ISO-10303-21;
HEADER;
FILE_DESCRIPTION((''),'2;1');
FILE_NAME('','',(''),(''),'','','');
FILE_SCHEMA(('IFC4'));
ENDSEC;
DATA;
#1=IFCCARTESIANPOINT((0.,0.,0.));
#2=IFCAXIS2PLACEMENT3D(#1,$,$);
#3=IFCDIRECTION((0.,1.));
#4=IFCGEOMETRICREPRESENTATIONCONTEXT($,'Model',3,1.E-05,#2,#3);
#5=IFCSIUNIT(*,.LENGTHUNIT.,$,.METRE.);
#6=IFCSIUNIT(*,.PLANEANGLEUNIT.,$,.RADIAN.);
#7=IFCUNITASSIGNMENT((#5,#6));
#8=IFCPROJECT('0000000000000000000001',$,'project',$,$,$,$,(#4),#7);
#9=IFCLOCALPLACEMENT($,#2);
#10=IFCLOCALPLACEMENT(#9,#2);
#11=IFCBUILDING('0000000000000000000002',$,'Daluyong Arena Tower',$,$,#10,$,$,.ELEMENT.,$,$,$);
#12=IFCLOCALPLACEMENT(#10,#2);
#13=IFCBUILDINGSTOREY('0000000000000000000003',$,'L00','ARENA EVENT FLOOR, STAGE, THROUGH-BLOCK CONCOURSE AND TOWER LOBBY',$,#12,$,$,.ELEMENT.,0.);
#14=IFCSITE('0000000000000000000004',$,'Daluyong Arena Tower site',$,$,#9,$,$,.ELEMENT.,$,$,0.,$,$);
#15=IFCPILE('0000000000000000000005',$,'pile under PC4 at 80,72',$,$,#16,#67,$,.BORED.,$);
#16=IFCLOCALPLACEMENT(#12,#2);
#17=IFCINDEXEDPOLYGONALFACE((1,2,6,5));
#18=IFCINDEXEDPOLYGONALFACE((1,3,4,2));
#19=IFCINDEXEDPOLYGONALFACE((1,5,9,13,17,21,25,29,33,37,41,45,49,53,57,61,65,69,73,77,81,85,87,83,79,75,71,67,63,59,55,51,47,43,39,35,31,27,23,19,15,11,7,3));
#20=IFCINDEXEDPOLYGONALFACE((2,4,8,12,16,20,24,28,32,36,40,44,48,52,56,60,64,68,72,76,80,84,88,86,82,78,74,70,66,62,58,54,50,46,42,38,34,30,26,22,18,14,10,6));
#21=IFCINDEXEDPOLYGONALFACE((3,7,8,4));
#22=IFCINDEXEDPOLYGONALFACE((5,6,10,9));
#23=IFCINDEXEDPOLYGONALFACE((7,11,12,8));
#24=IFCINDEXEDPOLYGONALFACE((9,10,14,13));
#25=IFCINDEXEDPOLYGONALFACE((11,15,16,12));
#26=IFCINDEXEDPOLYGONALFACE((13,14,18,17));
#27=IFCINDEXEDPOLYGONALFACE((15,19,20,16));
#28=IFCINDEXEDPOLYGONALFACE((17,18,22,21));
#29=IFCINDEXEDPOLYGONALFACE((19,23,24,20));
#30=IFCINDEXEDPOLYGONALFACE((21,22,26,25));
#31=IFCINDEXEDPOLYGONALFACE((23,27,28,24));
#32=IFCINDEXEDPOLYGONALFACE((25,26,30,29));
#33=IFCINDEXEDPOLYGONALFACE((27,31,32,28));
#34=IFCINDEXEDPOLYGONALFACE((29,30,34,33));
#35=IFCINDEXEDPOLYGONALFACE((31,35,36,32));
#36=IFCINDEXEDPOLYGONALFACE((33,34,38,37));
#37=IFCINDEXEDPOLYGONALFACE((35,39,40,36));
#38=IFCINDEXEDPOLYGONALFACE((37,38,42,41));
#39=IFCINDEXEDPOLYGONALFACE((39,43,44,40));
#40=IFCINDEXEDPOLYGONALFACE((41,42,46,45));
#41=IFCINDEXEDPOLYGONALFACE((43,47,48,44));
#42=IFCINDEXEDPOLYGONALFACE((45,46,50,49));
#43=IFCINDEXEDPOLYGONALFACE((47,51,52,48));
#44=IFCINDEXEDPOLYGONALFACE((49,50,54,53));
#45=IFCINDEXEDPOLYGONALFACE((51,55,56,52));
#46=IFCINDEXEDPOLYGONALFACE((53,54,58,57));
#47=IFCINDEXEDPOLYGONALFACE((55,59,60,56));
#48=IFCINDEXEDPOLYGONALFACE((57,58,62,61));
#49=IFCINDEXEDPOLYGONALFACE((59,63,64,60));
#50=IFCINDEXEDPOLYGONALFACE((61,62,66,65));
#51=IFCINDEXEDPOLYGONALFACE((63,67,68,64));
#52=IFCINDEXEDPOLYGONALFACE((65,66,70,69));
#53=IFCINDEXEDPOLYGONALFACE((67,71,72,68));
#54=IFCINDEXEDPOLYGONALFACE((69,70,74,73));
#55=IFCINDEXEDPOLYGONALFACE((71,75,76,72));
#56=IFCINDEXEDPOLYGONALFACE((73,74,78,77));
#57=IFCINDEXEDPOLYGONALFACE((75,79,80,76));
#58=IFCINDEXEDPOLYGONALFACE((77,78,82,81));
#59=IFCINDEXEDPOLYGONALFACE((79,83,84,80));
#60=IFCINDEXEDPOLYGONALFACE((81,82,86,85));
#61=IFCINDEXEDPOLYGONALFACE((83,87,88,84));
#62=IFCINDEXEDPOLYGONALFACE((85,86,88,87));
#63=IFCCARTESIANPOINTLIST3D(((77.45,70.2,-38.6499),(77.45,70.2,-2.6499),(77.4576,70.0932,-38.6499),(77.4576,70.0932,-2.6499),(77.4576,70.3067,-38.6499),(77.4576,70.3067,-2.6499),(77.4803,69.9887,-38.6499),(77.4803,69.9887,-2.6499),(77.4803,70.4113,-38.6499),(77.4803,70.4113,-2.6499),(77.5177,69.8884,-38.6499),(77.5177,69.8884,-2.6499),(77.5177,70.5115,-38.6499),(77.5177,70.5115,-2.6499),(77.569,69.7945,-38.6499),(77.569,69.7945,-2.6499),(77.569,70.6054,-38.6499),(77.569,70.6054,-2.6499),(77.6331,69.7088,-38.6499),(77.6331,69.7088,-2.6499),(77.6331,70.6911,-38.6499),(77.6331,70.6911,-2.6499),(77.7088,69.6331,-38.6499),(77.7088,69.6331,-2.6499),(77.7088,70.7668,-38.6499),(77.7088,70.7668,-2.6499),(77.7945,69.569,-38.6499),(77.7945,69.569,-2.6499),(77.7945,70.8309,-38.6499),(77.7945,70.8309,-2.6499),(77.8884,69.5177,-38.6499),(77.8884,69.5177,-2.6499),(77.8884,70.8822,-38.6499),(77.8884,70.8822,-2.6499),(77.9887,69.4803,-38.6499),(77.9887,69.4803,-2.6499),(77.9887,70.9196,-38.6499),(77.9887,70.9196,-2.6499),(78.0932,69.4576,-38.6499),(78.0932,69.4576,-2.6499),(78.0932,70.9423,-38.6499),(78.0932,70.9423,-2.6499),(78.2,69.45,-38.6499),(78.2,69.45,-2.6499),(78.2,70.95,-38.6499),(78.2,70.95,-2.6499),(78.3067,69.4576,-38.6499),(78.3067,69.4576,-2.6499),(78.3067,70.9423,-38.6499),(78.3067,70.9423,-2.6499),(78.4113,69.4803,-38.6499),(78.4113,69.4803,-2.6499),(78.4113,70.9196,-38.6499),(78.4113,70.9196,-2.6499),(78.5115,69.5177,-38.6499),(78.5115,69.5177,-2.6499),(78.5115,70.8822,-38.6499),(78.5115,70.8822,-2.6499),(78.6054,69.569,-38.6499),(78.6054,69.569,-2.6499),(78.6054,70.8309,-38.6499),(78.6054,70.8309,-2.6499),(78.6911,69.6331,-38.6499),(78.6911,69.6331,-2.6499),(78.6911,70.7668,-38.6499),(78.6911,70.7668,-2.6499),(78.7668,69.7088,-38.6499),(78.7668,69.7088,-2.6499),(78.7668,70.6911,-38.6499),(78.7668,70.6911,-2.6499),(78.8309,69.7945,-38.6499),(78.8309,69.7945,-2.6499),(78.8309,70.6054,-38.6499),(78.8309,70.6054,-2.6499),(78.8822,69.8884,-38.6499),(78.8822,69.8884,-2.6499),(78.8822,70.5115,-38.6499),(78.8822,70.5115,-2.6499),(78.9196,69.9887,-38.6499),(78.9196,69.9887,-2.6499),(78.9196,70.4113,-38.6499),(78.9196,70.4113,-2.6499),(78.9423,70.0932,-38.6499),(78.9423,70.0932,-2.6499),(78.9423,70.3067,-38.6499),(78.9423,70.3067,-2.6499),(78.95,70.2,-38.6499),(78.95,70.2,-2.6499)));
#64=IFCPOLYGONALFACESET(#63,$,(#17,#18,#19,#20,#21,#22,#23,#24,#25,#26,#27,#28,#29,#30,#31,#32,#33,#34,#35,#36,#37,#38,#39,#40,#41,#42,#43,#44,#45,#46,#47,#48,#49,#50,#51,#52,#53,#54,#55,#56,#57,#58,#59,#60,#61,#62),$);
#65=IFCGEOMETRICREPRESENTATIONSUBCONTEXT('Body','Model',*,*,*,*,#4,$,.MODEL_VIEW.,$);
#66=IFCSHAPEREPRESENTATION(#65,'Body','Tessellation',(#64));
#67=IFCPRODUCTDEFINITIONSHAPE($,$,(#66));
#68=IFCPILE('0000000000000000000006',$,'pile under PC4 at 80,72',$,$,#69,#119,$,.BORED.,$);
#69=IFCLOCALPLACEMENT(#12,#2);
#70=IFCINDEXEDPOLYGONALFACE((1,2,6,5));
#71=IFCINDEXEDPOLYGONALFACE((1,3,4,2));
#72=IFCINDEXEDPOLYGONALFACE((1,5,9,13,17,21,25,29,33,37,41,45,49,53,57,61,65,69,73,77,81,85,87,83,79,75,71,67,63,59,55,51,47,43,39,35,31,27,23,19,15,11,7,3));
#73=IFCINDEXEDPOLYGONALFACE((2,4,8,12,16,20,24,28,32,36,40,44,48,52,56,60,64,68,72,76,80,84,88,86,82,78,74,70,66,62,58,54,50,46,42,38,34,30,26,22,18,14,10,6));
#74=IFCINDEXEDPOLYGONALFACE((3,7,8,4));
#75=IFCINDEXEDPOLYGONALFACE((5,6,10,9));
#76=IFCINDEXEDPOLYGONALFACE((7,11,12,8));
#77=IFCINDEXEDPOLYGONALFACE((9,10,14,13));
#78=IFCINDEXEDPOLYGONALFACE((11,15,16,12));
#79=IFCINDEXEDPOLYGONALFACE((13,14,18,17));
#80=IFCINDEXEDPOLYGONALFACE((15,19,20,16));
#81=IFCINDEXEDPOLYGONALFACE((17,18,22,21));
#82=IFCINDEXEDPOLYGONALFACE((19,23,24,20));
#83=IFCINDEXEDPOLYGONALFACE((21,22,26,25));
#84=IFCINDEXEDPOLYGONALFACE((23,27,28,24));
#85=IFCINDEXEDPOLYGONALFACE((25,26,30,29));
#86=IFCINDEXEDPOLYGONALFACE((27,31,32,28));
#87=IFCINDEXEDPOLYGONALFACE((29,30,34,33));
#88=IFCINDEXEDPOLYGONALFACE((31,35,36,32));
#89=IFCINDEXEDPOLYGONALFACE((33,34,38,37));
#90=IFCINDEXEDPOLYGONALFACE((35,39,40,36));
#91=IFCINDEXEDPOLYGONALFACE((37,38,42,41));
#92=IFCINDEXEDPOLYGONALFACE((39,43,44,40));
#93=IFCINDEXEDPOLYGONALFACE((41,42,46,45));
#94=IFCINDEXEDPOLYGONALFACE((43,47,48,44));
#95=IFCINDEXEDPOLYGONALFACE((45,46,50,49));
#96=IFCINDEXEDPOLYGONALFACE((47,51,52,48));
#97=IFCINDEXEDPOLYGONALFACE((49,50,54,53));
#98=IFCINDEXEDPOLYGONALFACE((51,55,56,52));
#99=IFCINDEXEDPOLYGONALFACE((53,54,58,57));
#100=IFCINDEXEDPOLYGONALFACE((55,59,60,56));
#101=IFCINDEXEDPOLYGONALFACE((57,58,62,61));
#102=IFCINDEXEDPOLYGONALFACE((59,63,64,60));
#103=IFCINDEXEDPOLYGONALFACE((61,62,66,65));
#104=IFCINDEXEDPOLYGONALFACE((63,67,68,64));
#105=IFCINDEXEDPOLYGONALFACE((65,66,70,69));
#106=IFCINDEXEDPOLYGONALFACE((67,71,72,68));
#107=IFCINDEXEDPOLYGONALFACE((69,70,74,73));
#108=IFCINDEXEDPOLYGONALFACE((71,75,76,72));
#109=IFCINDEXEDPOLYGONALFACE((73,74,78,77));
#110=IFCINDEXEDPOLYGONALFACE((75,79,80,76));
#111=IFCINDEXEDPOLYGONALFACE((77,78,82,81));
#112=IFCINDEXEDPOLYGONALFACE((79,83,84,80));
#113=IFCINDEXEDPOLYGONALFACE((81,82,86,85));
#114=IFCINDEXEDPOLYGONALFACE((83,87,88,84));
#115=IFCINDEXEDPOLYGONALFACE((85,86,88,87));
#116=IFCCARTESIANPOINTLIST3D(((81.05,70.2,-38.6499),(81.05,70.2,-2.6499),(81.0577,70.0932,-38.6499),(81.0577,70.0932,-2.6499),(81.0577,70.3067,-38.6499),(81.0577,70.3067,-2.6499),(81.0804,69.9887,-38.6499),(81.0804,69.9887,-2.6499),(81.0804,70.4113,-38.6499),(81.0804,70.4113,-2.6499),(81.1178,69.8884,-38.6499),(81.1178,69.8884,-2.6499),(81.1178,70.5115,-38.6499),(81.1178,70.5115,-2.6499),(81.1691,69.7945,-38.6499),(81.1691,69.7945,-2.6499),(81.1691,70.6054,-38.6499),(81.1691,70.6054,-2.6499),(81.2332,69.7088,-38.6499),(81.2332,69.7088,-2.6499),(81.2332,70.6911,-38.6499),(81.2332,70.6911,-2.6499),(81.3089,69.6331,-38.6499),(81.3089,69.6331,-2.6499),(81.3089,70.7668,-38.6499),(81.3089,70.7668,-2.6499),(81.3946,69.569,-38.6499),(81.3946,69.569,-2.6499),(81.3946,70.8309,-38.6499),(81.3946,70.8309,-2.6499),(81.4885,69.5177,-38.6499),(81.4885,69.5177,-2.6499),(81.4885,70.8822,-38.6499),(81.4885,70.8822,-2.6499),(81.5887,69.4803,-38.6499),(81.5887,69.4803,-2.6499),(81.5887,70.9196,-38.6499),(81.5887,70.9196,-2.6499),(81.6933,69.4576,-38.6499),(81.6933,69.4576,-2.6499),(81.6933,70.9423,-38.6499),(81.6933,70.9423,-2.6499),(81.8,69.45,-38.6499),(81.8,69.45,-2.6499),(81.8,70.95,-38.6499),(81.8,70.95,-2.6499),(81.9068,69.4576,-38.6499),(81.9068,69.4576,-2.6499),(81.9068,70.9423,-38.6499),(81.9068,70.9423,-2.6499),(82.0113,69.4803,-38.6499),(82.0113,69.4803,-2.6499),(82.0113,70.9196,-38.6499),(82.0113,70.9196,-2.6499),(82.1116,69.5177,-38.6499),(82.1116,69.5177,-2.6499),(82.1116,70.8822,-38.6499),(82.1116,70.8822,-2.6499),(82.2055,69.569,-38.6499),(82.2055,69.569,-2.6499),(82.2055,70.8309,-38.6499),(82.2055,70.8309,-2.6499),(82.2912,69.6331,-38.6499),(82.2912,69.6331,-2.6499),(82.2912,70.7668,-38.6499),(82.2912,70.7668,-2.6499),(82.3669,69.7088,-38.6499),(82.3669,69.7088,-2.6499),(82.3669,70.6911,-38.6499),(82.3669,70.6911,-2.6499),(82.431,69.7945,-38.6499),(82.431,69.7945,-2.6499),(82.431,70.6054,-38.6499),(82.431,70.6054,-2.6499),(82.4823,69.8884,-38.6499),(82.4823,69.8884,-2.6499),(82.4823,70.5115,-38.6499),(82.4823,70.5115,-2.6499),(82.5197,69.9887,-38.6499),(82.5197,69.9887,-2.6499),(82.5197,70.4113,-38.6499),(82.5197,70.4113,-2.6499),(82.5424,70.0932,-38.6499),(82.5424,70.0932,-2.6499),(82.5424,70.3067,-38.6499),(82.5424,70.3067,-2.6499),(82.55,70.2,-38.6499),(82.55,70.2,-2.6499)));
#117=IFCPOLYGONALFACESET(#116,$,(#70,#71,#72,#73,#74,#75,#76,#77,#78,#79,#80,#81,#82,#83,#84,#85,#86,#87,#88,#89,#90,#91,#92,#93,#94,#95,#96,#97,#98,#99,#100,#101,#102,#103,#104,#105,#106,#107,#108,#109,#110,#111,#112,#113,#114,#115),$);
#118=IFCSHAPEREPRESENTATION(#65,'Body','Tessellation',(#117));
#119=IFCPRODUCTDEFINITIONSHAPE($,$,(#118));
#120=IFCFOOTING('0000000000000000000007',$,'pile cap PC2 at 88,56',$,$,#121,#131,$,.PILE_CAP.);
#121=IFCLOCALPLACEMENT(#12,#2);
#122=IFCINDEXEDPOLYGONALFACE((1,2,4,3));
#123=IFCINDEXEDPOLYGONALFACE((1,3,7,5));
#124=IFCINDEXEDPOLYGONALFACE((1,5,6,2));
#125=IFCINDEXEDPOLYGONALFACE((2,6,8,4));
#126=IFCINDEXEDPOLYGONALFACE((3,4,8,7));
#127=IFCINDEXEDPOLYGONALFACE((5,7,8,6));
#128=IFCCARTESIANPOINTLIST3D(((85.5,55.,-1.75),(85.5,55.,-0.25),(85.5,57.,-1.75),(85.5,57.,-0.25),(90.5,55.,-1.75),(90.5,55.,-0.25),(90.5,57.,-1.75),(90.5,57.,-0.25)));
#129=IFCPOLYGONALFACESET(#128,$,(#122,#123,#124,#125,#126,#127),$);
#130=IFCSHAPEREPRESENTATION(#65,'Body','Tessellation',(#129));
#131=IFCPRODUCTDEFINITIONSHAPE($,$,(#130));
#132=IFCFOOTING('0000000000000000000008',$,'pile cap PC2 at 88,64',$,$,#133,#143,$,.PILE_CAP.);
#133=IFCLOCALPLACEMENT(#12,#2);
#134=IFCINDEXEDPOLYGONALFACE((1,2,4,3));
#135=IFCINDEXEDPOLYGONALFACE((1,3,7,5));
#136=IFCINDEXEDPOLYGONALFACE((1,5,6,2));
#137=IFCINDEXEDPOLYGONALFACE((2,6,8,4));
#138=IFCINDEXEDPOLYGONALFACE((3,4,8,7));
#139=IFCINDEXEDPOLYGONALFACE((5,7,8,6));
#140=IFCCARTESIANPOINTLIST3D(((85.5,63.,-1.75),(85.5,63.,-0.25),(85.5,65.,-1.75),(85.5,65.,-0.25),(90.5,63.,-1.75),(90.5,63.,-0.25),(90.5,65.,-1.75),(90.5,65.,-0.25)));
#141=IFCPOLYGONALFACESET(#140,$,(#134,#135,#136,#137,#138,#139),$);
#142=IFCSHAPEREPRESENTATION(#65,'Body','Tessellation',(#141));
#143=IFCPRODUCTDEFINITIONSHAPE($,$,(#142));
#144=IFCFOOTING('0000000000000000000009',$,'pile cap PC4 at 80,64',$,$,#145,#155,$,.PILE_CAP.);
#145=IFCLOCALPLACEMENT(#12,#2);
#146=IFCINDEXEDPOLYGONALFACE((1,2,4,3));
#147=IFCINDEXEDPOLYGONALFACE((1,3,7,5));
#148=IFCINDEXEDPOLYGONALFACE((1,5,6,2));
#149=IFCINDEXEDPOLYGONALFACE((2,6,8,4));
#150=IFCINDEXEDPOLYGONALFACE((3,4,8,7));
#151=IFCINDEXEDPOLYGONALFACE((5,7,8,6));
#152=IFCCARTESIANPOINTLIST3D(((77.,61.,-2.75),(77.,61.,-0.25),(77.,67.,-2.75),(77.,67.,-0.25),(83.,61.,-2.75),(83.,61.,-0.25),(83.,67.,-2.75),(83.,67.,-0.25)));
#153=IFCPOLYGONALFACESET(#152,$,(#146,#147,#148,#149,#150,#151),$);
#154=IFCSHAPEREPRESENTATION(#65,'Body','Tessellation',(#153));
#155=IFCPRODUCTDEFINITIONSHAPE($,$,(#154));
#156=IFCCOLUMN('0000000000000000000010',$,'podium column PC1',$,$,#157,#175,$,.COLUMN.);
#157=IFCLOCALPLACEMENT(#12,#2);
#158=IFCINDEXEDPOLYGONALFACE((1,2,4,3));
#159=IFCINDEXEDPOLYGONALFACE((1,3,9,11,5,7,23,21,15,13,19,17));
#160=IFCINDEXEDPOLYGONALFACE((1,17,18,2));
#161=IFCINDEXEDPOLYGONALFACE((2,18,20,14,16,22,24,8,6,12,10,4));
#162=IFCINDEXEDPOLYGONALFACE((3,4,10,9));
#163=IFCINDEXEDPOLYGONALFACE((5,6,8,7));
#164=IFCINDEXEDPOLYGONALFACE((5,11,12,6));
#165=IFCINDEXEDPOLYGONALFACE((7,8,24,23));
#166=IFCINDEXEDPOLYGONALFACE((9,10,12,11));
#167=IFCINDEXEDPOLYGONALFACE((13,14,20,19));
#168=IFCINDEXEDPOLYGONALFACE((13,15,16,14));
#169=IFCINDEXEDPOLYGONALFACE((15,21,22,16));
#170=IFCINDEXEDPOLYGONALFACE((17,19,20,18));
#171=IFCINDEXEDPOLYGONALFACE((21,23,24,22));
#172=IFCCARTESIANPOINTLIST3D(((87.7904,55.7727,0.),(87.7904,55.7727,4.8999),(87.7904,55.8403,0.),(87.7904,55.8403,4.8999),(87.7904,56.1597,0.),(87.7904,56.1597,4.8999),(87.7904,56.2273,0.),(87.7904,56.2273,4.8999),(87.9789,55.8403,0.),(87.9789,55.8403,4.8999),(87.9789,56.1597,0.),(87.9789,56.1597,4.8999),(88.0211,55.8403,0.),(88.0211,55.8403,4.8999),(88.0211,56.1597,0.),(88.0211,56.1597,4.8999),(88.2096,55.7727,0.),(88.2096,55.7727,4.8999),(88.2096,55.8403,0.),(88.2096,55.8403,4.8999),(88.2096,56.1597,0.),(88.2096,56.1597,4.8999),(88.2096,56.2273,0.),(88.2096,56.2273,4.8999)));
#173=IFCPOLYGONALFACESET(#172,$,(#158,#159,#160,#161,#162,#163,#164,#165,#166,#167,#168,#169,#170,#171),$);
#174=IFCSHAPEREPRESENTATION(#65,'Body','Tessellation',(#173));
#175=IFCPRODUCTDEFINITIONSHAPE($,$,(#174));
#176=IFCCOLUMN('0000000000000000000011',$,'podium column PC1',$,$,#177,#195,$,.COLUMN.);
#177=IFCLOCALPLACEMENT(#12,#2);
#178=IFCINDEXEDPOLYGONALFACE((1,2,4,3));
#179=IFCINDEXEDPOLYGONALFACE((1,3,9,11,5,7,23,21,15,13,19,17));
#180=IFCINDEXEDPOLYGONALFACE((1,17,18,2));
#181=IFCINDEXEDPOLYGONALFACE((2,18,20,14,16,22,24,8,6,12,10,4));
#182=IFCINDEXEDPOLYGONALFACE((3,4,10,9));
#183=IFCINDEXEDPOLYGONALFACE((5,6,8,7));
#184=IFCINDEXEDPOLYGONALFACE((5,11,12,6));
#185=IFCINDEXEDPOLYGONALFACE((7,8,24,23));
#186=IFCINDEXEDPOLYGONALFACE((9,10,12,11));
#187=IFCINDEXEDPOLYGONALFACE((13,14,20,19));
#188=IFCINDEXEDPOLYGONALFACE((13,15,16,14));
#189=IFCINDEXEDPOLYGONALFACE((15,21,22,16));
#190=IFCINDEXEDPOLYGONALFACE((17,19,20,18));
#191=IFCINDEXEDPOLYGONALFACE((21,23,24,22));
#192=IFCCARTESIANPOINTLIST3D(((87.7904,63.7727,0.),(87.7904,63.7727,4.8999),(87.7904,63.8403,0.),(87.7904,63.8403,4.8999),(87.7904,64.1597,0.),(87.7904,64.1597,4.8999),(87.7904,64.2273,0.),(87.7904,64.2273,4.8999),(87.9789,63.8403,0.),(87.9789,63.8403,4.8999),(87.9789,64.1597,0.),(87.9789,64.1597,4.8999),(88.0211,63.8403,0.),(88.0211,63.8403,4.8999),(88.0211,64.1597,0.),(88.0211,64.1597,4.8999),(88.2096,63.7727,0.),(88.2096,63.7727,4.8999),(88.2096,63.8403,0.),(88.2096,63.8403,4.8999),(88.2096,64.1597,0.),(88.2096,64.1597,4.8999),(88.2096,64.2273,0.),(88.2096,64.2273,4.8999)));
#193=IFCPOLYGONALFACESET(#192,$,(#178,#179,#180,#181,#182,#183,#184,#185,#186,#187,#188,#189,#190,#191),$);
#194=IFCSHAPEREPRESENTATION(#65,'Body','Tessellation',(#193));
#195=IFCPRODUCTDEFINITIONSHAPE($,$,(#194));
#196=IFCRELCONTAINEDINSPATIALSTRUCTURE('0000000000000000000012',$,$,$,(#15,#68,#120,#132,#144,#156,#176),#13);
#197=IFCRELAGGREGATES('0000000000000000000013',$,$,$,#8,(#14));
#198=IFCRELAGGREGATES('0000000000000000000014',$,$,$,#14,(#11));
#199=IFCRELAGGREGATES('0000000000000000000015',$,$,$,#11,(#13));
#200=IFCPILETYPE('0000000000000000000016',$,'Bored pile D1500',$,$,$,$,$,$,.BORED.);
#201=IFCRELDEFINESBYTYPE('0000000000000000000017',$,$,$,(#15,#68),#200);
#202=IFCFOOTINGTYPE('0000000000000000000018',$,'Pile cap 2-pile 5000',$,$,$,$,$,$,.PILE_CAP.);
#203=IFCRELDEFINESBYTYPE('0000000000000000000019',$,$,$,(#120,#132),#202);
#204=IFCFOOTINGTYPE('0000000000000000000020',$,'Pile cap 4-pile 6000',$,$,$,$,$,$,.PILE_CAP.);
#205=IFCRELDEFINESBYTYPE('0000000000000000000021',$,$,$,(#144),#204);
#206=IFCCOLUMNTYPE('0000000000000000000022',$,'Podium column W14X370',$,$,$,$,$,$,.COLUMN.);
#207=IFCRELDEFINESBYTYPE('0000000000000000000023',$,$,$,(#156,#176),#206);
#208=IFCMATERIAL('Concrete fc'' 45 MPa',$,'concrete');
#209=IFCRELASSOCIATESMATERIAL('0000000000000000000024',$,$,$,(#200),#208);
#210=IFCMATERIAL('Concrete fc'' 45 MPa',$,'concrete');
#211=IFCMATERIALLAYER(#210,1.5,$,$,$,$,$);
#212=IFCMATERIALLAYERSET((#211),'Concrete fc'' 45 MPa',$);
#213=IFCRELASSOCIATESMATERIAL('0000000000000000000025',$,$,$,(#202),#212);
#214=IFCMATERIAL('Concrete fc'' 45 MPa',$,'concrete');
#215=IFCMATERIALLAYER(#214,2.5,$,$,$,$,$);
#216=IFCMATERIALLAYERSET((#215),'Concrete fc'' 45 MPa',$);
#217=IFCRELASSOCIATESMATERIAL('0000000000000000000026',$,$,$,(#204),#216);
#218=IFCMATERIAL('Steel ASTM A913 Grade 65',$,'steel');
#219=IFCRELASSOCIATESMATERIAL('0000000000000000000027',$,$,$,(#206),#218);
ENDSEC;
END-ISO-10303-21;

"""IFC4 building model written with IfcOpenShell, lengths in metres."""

from ifc_helpers import new_model, si_unit, direction, frame, origin, origin_2d, place, context, subcontext, project, spatial, rectangle, circle, i_section, extrude, material, layer, layer_set, material_profile, profile_set, type_object, element, save


model = new_model("IFC4")

# Units and contexts
model_context = context("Model", 3, precision=1e-05, world=origin(), true_north=direction((0.0, 1.0)))
body_context = subcontext(model_context, "Body", "Model", "MODEL_VIEW")
ifc_project = project(units=[si_unit("LENGTHUNIT", "METRE"), si_unit("PLANEANGLEUNIT", "RADIAN")], contexts=[model_context])

# Site, building, storey
site_placement = place(None, origin())
site = spatial("IfcSite", under=ifc_project, at=site_placement, Name="Daluyong Arena Tower site", CompositionType="ELEMENT", RefElevation=0.0)
building_placement = place(site_placement, origin())
building = spatial("IfcBuilding", under=site, at=building_placement, Name="Daluyong Arena Tower", CompositionType="ELEMENT")
storey_placement = place(building_placement, origin())
storey = spatial("IfcBuildingStorey", under=building, at=storey_placement, Name="L00", Description="ARENA EVENT FLOOR, STAGE, THROUGH-BLOCK CONCOURSE AND TOWER LOBBY", CompositionType="ELEMENT", Elevation=0.0)

# Piles
ifc_material_1 = material(Name="Concrete fc' 45 MPa", Category="concrete")
pile_type_1 = type_object("IfcPileType", Name="Bored pile D1500", PredefinedType="BORED", material=ifc_material_1)
for number, where, z_axis, x_axis, name in (
    (1, (78.2, 70.2, -2.6499), (0.0, 0.0, -1.0), (1.0, 0.0, 0.0), "pile under PC4 at 80,72"),
    (2, (81.8, 70.2, -2.6499), (0.0, 0.0, -1.0), (1.0, 0.0, 0.0), "pile under PC4 at 80,72"),
):
    element("IfcPile", number, at=place(storey_placement, frame(where, z_axis=z_axis, x_axis=x_axis)), inside=storey, type_object=pile_type_1, Name=name, PredefinedType="BORED", context=body_context, shape_type="SweptSolid", body=[
        extrude(circle(Radius=0.75, at=origin_2d()), origin(), (0.0, 0.0, 1.0), 36.0),
    ])

# Footings
ifc_material_2 = material(Name="Concrete fc' 45 MPa", Category="concrete")
ifc_layer_1 = layer(ifc_material_2, 1.5)
ifc_layer_set_1 = layer_set([ifc_layer_1], Name="Concrete fc' 45 MPa")
footing_type_1 = type_object("IfcFootingType", Name="Pile cap 2-pile 5000", PredefinedType="PILE_CAP", material=ifc_layer_set_1)
for number, where, z_axis, x_axis, name in (
    (3, (88.0, 56.0, -1.75), (0.0, 0.0, 1.0), (1.0, 0.0, 0.0), "pile cap PC2 at 88,56"),
    (4, (88.0, 64.0, -1.75), (0.0, 0.0, 1.0), (1.0, 0.0, 0.0), "pile cap PC2 at 88,64"),
):
    element("IfcFooting", number, at=place(storey_placement, frame(where, z_axis=z_axis, x_axis=x_axis)), inside=storey, type_object=footing_type_1, Name=name, PredefinedType="PILE_CAP", context=body_context, shape_type="SweptSolid", body=[
        extrude(rectangle(XDim=5.0, YDim=2.0, at=origin_2d()), origin(), (0.0, 0.0, 1.0), 1.5),
    ])
ifc_material_3 = material(Name="Concrete fc' 45 MPa", Category="concrete")
ifc_layer_2 = layer(ifc_material_3, 2.5)
ifc_layer_set_2 = layer_set([ifc_layer_2], Name="Concrete fc' 45 MPa")
footing_type_2 = type_object("IfcFootingType", Name="Pile cap 4-pile 6000", PredefinedType="PILE_CAP", material=ifc_layer_set_2)
footing_placement = place(storey_placement, frame((80.0, 64.0, -2.75), z_axis=(0.0, 0.0, 1.0), x_axis=(1.0, 0.0, 0.0)))
element("IfcFooting", 5, at=footing_placement, inside=storey, type_object=footing_type_2, Name="pile cap PC4 at 80,64", PredefinedType="PILE_CAP", context=body_context, shape_type="SweptSolid", body=[
    extrude(rectangle(XDim=6.0, YDim=6.0, at=origin_2d()), origin(), (0.0, 0.0, 1.0), 2.5),
])

# Columns
ifc_material_4 = material(Name="Steel ASTM A913 Grade 65", Category="steel")
ifc_material_profile_1 = material_profile(ifc_material_4, i_section(OverallWidth=0.4192, OverallDepth=0.4546, WebThickness=0.0422, FlangeThickness=0.0676, at=origin_2d()))
ifc_profile_set_1 = profile_set([ifc_material_profile_1], Name="Steel ASTM A913 Grade 65")
column_type_1 = type_object("IfcColumnType", Name="Podium column W14X370", PredefinedType="COLUMN", material=ifc_profile_set_1)
for number, where, z_axis, x_axis, name in (
    (6, (88.0, 56.0, 0.0), (0.0, 0.0, 1.0), (1.0, 0.0, 0.0), "podium column PC1"),
    (7, (88.0, 64.0, 0.0), (0.0, 0.0, 1.0), (1.0, 0.0, 0.0), "podium column PC1"),
):
    element("IfcColumn", number, at=place(storey_placement, frame(where, z_axis=z_axis, x_axis=x_axis)), inside=storey, type_object=column_type_1, Name=name, PredefinedType="COLUMN", context=body_context, shape_type="SweptSolid", body=[
        extrude(i_section(OverallWidth=0.4192, OverallDepth=0.4546, WebThickness=0.0422, FlangeThickness=0.0676, at=origin_2d()), origin(), (0.0, 0.0, 1.0), 4.8999),
    ])

save(model, "model.ifc")
